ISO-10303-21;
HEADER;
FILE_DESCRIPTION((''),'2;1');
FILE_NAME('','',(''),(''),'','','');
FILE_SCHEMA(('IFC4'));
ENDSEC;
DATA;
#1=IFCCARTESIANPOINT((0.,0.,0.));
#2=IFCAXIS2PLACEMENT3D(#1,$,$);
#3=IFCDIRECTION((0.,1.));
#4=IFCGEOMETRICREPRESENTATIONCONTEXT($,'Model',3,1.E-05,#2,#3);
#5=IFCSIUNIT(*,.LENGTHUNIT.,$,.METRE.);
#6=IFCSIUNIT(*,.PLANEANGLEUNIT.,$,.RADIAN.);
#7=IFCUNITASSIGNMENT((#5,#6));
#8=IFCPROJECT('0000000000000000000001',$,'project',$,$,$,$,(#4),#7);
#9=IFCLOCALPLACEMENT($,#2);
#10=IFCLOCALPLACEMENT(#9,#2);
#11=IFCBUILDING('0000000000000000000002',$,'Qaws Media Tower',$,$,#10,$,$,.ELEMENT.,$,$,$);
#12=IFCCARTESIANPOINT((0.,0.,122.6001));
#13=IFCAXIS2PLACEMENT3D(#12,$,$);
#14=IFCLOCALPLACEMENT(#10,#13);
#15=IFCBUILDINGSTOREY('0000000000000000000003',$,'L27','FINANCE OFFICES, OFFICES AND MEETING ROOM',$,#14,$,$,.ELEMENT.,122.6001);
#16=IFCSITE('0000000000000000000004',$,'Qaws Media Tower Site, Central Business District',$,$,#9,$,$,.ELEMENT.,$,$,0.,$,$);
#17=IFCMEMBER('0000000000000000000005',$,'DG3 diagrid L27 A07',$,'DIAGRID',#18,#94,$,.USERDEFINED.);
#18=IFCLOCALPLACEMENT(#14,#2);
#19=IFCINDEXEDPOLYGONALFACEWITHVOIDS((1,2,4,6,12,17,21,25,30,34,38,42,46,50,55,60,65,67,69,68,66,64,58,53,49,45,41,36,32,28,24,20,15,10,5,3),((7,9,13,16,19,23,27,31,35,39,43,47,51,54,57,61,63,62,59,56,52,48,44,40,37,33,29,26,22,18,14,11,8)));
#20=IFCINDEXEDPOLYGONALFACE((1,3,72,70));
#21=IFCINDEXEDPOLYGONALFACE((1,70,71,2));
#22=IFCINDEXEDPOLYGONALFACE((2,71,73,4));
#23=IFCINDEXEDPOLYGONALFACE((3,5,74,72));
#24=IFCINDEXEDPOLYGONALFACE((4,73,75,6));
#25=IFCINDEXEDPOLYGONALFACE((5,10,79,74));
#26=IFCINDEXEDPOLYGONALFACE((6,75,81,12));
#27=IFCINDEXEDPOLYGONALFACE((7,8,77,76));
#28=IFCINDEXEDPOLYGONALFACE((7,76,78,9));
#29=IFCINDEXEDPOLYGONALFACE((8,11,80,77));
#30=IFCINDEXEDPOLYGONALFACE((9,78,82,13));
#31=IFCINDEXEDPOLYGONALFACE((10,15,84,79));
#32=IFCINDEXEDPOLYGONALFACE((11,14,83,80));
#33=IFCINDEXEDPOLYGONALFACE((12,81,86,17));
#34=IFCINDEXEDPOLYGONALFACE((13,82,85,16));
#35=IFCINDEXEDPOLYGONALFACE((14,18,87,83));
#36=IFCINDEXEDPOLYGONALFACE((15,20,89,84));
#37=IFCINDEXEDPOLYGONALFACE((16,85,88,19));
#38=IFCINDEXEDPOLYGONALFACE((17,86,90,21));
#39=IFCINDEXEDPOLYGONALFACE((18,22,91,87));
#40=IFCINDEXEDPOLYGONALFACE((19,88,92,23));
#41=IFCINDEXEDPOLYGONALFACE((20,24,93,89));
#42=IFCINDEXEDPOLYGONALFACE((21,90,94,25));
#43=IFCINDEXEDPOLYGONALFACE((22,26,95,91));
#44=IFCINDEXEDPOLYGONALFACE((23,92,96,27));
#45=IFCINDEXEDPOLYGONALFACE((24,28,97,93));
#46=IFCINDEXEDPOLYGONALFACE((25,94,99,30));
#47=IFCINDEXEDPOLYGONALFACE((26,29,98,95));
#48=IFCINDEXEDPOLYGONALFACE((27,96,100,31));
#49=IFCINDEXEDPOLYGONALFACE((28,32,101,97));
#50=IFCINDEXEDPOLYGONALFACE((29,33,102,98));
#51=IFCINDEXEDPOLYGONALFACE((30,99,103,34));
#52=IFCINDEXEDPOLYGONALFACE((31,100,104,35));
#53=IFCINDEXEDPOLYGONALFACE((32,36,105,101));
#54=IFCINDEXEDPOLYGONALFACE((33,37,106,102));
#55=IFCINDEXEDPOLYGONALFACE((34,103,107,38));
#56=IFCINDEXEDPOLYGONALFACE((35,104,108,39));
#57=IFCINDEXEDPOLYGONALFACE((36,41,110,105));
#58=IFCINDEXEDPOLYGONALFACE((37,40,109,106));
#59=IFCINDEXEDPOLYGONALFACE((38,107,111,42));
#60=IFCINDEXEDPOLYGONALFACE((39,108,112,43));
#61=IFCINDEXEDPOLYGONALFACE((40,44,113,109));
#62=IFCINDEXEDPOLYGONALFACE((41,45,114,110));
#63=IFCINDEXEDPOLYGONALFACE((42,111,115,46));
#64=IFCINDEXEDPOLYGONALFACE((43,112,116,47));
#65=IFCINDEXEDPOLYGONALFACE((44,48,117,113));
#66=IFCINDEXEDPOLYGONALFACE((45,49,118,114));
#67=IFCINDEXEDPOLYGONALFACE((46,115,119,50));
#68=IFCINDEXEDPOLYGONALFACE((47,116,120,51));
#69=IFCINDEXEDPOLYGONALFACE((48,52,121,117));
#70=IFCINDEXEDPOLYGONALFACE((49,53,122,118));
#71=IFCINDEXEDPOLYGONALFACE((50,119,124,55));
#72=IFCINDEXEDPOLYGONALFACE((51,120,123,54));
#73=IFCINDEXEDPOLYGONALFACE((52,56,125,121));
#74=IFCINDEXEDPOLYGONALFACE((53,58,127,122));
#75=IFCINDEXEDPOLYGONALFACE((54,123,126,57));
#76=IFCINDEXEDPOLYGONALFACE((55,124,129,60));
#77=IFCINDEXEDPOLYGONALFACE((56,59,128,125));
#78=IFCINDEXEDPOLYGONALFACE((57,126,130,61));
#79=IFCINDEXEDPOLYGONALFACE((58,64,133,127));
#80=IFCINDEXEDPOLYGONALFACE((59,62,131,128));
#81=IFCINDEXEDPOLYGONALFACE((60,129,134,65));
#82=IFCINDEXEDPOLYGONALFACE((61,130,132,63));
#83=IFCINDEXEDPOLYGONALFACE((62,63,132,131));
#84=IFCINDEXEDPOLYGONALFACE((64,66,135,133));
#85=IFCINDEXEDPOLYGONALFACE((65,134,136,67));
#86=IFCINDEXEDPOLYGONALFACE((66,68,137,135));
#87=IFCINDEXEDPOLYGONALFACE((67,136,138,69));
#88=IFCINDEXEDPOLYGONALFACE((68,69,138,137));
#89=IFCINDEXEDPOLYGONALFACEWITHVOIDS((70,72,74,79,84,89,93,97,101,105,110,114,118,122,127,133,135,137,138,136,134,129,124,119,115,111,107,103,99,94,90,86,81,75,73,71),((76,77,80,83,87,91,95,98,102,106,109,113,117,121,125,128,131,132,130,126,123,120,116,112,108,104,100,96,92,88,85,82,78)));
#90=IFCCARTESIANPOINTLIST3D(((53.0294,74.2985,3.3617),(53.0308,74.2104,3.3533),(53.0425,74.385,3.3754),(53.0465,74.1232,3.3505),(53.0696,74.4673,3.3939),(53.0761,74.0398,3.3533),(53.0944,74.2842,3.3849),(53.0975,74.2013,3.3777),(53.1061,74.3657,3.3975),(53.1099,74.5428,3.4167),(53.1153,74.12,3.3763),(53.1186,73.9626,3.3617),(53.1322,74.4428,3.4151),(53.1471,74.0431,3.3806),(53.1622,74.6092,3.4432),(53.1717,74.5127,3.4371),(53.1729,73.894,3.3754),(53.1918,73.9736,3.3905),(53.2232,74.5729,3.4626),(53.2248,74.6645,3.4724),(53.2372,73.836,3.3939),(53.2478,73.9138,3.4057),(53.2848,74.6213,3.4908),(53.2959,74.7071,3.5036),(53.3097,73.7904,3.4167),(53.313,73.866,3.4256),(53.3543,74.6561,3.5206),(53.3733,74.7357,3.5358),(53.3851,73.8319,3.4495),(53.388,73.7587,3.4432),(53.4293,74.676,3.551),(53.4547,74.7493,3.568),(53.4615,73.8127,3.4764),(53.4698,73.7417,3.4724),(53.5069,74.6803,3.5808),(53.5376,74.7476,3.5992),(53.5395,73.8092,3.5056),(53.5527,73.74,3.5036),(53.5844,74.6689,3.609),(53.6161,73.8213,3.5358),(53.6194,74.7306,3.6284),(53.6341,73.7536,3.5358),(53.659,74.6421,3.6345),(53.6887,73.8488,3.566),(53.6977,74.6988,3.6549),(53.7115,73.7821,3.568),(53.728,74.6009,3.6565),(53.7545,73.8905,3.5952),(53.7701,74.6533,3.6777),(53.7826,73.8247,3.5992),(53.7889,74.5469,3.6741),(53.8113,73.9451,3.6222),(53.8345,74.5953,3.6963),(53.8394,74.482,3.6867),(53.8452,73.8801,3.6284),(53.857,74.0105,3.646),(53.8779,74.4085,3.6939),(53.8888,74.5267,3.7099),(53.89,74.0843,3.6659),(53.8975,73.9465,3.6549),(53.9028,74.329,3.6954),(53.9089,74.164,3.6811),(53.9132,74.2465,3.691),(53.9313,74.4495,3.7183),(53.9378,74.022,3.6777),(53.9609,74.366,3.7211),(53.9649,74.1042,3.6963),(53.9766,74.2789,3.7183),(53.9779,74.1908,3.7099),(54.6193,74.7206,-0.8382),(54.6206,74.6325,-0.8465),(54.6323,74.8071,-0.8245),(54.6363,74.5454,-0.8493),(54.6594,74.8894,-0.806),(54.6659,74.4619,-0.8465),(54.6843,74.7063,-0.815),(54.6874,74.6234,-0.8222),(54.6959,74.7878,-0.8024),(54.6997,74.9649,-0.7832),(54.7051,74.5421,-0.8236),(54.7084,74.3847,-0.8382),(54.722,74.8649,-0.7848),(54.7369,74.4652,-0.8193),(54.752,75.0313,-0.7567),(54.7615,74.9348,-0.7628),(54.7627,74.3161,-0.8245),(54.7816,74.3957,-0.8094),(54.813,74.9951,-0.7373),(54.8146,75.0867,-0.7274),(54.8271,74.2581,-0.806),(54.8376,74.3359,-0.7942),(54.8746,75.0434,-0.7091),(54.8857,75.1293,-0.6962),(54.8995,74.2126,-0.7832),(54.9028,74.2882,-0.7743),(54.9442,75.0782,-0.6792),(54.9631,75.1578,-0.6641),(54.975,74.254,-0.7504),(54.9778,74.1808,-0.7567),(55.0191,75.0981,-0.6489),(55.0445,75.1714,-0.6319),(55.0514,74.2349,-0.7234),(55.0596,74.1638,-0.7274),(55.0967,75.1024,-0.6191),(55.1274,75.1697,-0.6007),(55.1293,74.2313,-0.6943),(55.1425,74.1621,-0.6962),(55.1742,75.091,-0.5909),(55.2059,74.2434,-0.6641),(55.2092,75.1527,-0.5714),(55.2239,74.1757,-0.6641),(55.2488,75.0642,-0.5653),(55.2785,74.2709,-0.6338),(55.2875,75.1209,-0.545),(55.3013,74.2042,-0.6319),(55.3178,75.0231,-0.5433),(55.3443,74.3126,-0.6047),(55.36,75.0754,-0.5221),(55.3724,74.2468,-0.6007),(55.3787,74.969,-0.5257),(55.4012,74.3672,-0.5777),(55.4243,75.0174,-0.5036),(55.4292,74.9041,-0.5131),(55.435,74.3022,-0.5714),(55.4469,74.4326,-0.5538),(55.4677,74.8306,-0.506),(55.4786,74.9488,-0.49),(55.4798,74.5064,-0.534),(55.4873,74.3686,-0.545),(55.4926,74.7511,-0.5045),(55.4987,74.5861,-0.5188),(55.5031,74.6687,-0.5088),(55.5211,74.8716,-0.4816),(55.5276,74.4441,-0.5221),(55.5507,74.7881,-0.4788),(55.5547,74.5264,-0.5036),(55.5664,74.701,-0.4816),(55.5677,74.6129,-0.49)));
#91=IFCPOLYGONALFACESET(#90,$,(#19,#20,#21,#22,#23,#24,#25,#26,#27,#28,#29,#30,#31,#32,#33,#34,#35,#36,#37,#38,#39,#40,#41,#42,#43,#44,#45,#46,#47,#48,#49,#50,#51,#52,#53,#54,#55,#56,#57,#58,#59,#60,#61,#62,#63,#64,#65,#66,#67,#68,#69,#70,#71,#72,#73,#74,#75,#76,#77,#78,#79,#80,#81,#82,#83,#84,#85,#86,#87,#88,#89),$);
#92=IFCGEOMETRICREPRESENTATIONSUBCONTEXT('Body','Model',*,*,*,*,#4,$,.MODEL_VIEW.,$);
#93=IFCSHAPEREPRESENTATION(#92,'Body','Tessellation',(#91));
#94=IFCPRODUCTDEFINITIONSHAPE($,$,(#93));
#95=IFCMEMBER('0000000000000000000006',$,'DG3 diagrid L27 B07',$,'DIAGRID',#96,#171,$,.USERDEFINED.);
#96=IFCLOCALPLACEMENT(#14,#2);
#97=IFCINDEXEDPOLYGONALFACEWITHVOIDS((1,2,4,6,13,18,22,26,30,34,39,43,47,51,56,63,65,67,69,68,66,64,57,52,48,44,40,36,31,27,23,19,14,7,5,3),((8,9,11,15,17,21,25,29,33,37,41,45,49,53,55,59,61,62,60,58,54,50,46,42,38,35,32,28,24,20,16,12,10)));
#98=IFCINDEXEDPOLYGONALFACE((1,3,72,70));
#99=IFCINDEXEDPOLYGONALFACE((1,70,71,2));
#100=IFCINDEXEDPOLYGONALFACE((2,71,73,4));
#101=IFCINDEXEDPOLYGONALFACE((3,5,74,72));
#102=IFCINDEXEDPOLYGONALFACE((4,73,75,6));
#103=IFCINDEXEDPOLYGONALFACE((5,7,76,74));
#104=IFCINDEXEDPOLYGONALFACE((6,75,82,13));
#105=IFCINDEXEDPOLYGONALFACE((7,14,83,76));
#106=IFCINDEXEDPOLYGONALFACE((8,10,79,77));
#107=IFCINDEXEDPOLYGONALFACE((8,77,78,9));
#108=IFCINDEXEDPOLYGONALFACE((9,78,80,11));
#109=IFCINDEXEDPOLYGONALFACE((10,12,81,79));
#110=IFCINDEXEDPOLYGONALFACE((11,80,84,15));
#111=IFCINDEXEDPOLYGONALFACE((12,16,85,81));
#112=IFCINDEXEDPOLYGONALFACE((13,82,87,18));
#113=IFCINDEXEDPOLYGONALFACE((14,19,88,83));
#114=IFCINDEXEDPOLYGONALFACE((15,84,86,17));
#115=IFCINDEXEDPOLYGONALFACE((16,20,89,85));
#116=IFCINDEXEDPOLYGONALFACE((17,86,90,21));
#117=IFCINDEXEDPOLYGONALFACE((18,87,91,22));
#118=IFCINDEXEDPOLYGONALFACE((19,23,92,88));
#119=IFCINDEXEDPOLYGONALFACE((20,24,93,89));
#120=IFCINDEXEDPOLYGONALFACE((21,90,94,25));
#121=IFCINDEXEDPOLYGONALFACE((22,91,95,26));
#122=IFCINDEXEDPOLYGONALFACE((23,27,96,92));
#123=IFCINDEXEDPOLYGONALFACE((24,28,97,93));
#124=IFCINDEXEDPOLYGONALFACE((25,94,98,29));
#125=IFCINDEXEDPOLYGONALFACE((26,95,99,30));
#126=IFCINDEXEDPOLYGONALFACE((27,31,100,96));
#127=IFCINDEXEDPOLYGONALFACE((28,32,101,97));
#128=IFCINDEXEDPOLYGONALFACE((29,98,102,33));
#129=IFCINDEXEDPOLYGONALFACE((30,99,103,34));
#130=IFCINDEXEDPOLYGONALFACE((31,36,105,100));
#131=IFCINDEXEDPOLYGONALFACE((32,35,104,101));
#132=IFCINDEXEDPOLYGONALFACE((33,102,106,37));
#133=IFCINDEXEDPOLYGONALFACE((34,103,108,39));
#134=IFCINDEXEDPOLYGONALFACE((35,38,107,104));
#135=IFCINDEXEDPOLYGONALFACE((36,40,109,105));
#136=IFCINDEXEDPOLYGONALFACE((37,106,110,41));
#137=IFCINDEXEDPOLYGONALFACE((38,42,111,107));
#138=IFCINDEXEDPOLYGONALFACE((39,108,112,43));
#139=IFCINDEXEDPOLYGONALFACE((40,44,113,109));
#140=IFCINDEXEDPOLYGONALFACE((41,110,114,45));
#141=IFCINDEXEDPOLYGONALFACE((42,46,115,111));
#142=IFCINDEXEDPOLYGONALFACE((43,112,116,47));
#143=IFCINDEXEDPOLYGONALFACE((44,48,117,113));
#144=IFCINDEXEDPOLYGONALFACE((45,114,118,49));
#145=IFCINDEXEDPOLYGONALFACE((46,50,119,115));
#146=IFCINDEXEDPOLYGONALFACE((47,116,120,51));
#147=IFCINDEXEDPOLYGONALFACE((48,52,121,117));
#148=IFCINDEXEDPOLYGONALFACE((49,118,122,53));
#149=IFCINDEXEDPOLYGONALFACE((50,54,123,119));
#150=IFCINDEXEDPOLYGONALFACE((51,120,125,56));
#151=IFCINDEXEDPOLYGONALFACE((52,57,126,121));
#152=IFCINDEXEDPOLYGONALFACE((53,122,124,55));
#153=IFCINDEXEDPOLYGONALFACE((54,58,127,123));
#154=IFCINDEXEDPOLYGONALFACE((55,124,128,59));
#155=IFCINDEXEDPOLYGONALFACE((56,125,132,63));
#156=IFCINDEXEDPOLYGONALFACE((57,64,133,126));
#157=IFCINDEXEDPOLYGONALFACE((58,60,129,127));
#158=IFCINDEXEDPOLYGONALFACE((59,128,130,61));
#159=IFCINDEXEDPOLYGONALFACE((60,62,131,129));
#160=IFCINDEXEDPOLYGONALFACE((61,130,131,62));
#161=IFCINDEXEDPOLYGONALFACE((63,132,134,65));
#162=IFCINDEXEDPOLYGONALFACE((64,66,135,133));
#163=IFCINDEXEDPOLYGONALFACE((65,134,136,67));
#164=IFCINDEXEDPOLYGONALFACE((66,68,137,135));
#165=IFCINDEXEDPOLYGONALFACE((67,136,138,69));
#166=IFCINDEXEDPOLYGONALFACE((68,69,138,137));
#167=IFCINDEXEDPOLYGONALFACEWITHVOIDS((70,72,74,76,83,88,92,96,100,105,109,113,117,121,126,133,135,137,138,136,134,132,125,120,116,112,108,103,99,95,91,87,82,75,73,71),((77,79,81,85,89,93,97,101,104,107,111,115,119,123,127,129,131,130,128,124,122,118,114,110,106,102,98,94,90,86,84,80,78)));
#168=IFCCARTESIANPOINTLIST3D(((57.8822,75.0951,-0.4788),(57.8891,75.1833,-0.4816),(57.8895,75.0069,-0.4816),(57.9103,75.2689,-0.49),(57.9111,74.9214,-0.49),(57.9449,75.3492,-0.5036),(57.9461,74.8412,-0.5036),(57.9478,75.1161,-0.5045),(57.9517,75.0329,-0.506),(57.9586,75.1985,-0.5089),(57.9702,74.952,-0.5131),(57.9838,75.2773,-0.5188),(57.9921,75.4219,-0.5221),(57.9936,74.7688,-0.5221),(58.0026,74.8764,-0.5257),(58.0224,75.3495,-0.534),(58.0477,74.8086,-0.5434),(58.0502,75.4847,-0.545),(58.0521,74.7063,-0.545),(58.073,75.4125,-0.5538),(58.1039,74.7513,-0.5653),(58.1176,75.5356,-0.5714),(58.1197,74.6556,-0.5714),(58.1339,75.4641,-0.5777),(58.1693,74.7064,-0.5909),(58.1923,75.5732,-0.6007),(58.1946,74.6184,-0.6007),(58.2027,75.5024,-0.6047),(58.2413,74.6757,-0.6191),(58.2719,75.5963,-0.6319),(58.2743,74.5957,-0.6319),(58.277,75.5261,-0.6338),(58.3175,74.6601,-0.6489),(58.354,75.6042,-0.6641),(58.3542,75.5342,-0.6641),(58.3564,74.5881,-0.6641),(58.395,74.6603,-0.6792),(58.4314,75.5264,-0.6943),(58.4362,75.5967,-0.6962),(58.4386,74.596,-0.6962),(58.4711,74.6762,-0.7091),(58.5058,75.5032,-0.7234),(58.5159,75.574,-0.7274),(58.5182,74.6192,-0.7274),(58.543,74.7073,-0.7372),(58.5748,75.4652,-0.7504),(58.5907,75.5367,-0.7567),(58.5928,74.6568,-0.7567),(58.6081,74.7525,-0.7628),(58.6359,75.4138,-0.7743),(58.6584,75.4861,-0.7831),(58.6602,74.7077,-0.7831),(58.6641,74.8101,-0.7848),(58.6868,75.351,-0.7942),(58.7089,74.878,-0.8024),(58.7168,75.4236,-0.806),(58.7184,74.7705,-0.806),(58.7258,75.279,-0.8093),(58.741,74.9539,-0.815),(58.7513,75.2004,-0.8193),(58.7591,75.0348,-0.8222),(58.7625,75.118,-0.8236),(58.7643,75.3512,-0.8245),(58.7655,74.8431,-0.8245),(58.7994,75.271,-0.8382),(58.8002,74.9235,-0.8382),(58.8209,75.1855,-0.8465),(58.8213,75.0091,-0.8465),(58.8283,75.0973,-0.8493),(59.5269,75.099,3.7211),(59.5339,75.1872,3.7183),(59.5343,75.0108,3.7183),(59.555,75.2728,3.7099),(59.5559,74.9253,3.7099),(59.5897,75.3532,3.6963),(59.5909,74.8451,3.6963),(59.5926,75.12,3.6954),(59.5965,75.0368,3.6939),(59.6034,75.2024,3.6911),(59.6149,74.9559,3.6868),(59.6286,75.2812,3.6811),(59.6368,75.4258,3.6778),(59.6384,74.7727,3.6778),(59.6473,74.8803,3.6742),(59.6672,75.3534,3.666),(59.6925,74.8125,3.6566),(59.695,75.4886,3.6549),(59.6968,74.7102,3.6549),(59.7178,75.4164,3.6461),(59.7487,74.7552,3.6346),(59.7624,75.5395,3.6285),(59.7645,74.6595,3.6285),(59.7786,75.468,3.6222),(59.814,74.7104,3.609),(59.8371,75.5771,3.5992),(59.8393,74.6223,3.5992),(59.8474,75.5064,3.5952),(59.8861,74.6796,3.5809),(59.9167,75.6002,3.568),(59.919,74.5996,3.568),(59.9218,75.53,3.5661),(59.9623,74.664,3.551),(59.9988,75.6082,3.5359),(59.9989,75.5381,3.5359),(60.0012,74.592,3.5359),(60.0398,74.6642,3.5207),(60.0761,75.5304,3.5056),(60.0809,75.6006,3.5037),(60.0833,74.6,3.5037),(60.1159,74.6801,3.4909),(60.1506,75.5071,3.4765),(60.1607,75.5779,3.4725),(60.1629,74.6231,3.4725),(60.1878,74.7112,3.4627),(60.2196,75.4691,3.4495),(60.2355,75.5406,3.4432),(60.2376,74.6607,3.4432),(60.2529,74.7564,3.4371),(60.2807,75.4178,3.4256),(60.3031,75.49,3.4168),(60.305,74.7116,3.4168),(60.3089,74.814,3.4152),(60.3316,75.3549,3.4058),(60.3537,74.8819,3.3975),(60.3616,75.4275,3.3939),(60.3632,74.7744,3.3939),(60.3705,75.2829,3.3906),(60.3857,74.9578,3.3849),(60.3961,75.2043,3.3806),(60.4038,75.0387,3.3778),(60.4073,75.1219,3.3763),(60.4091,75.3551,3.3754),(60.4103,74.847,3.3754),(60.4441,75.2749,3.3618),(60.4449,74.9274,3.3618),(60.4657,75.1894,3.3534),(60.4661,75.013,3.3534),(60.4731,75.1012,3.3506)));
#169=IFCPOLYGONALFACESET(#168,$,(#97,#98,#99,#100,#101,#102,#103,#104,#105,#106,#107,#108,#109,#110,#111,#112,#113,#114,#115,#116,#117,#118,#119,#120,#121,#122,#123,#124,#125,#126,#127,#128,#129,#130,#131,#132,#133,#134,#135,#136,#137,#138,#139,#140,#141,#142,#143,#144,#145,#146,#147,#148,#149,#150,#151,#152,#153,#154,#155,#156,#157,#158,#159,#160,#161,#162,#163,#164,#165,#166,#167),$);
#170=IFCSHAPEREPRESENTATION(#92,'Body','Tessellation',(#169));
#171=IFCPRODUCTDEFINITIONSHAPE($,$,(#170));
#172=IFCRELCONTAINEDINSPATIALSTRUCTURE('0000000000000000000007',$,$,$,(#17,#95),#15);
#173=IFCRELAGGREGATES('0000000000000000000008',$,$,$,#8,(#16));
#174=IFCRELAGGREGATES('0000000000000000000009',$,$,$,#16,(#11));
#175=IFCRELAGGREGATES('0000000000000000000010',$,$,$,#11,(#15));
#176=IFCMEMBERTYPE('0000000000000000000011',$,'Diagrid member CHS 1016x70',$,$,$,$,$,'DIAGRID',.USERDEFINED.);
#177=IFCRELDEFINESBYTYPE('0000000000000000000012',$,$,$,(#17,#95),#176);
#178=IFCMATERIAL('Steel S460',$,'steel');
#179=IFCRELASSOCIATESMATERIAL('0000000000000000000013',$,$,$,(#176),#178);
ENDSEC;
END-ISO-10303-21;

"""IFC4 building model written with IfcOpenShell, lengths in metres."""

from ifc_helpers import new_model, si_unit, direction, frame, origin, origin_2d, place, context, subcontext, project, spatial, hollow_circle, extrude, material, material_profile, profile_set, type_object, element, save


model = new_model("IFC4")

# Units and contexts
model_context = context("Model", 3, precision=1e-05, world=origin(), true_north=direction((0.0, 1.0)))
body_context = subcontext(model_context, "Body", "Model", "MODEL_VIEW")
ifc_project = project(units=[si_unit("LENGTHUNIT", "METRE"), si_unit("PLANEANGLEUNIT", "RADIAN")], contexts=[model_context])

# Site, building, storey
site_placement = place(None, origin())
site = spatial("IfcSite", under=ifc_project, at=site_placement, Name="Qaws Media Tower Site, Central Business District", CompositionType="ELEMENT", RefElevation=0.0)
building_placement = place(site_placement, origin())
building = spatial("IfcBuilding", under=site, at=building_placement, Name="Qaws Media Tower", CompositionType="ELEMENT")
storey_placement = place(building_placement, frame((0.0, 0.0, 122.6001)))
storey = spatial("IfcBuildingStorey", under=building, at=storey_placement, Name="L27", Description="FINANCE OFFICES, OFFICES AND MEETING ROOM", CompositionType="ELEMENT", Elevation=122.6001)

# Members
ifc_material_1 = material(Name="Steel S460", Category="steel")
ifc_material_profile_1 = material_profile(ifc_material_1, hollow_circle(Radius=0.5081, WallThickness=0.0701, at=origin_2d()), Name="CHS 1016x70")
ifc_profile_set_1 = profile_set([ifc_material_profile_1], Name="Steel S460")
member_type_1 = type_object("IfcMemberType", Name="Diagrid member CHS 1016x70", ElementType="DIAGRID", PredefinedType="USERDEFINED", material=ifc_profile_set_1)
for number, where, z_axis, x_axis, name in (
    (1, (55.0935, 74.6667, -0.6641), (-0.35247, -0.093584, 0.931132), (0.256619, -0.966513, 0.0), "DG3 diagrid L27 A07"),
    (2, (58.3552, 75.0962, -0.6641), (0.364652, 0.000866, 0.931143), (-0.002375, 0.999997, 0.0), "DG3 diagrid L27 B07"),
):
    element("IfcMember", number, at=place(storey_placement, frame(where, z_axis=z_axis, x_axis=x_axis)), inside=storey, type_object=member_type_1, Name=name, ObjectType="DIAGRID", PredefinedType="USERDEFINED", context=body_context, shape_type="SweptSolid", body=[
        extrude(hollow_circle(Radius=0.5081, WallThickness=0.0701, at=origin_2d()), origin(), (0.0, 0.0, 1.0), 4.5105),
    ])

save(model, "model.ifc")
